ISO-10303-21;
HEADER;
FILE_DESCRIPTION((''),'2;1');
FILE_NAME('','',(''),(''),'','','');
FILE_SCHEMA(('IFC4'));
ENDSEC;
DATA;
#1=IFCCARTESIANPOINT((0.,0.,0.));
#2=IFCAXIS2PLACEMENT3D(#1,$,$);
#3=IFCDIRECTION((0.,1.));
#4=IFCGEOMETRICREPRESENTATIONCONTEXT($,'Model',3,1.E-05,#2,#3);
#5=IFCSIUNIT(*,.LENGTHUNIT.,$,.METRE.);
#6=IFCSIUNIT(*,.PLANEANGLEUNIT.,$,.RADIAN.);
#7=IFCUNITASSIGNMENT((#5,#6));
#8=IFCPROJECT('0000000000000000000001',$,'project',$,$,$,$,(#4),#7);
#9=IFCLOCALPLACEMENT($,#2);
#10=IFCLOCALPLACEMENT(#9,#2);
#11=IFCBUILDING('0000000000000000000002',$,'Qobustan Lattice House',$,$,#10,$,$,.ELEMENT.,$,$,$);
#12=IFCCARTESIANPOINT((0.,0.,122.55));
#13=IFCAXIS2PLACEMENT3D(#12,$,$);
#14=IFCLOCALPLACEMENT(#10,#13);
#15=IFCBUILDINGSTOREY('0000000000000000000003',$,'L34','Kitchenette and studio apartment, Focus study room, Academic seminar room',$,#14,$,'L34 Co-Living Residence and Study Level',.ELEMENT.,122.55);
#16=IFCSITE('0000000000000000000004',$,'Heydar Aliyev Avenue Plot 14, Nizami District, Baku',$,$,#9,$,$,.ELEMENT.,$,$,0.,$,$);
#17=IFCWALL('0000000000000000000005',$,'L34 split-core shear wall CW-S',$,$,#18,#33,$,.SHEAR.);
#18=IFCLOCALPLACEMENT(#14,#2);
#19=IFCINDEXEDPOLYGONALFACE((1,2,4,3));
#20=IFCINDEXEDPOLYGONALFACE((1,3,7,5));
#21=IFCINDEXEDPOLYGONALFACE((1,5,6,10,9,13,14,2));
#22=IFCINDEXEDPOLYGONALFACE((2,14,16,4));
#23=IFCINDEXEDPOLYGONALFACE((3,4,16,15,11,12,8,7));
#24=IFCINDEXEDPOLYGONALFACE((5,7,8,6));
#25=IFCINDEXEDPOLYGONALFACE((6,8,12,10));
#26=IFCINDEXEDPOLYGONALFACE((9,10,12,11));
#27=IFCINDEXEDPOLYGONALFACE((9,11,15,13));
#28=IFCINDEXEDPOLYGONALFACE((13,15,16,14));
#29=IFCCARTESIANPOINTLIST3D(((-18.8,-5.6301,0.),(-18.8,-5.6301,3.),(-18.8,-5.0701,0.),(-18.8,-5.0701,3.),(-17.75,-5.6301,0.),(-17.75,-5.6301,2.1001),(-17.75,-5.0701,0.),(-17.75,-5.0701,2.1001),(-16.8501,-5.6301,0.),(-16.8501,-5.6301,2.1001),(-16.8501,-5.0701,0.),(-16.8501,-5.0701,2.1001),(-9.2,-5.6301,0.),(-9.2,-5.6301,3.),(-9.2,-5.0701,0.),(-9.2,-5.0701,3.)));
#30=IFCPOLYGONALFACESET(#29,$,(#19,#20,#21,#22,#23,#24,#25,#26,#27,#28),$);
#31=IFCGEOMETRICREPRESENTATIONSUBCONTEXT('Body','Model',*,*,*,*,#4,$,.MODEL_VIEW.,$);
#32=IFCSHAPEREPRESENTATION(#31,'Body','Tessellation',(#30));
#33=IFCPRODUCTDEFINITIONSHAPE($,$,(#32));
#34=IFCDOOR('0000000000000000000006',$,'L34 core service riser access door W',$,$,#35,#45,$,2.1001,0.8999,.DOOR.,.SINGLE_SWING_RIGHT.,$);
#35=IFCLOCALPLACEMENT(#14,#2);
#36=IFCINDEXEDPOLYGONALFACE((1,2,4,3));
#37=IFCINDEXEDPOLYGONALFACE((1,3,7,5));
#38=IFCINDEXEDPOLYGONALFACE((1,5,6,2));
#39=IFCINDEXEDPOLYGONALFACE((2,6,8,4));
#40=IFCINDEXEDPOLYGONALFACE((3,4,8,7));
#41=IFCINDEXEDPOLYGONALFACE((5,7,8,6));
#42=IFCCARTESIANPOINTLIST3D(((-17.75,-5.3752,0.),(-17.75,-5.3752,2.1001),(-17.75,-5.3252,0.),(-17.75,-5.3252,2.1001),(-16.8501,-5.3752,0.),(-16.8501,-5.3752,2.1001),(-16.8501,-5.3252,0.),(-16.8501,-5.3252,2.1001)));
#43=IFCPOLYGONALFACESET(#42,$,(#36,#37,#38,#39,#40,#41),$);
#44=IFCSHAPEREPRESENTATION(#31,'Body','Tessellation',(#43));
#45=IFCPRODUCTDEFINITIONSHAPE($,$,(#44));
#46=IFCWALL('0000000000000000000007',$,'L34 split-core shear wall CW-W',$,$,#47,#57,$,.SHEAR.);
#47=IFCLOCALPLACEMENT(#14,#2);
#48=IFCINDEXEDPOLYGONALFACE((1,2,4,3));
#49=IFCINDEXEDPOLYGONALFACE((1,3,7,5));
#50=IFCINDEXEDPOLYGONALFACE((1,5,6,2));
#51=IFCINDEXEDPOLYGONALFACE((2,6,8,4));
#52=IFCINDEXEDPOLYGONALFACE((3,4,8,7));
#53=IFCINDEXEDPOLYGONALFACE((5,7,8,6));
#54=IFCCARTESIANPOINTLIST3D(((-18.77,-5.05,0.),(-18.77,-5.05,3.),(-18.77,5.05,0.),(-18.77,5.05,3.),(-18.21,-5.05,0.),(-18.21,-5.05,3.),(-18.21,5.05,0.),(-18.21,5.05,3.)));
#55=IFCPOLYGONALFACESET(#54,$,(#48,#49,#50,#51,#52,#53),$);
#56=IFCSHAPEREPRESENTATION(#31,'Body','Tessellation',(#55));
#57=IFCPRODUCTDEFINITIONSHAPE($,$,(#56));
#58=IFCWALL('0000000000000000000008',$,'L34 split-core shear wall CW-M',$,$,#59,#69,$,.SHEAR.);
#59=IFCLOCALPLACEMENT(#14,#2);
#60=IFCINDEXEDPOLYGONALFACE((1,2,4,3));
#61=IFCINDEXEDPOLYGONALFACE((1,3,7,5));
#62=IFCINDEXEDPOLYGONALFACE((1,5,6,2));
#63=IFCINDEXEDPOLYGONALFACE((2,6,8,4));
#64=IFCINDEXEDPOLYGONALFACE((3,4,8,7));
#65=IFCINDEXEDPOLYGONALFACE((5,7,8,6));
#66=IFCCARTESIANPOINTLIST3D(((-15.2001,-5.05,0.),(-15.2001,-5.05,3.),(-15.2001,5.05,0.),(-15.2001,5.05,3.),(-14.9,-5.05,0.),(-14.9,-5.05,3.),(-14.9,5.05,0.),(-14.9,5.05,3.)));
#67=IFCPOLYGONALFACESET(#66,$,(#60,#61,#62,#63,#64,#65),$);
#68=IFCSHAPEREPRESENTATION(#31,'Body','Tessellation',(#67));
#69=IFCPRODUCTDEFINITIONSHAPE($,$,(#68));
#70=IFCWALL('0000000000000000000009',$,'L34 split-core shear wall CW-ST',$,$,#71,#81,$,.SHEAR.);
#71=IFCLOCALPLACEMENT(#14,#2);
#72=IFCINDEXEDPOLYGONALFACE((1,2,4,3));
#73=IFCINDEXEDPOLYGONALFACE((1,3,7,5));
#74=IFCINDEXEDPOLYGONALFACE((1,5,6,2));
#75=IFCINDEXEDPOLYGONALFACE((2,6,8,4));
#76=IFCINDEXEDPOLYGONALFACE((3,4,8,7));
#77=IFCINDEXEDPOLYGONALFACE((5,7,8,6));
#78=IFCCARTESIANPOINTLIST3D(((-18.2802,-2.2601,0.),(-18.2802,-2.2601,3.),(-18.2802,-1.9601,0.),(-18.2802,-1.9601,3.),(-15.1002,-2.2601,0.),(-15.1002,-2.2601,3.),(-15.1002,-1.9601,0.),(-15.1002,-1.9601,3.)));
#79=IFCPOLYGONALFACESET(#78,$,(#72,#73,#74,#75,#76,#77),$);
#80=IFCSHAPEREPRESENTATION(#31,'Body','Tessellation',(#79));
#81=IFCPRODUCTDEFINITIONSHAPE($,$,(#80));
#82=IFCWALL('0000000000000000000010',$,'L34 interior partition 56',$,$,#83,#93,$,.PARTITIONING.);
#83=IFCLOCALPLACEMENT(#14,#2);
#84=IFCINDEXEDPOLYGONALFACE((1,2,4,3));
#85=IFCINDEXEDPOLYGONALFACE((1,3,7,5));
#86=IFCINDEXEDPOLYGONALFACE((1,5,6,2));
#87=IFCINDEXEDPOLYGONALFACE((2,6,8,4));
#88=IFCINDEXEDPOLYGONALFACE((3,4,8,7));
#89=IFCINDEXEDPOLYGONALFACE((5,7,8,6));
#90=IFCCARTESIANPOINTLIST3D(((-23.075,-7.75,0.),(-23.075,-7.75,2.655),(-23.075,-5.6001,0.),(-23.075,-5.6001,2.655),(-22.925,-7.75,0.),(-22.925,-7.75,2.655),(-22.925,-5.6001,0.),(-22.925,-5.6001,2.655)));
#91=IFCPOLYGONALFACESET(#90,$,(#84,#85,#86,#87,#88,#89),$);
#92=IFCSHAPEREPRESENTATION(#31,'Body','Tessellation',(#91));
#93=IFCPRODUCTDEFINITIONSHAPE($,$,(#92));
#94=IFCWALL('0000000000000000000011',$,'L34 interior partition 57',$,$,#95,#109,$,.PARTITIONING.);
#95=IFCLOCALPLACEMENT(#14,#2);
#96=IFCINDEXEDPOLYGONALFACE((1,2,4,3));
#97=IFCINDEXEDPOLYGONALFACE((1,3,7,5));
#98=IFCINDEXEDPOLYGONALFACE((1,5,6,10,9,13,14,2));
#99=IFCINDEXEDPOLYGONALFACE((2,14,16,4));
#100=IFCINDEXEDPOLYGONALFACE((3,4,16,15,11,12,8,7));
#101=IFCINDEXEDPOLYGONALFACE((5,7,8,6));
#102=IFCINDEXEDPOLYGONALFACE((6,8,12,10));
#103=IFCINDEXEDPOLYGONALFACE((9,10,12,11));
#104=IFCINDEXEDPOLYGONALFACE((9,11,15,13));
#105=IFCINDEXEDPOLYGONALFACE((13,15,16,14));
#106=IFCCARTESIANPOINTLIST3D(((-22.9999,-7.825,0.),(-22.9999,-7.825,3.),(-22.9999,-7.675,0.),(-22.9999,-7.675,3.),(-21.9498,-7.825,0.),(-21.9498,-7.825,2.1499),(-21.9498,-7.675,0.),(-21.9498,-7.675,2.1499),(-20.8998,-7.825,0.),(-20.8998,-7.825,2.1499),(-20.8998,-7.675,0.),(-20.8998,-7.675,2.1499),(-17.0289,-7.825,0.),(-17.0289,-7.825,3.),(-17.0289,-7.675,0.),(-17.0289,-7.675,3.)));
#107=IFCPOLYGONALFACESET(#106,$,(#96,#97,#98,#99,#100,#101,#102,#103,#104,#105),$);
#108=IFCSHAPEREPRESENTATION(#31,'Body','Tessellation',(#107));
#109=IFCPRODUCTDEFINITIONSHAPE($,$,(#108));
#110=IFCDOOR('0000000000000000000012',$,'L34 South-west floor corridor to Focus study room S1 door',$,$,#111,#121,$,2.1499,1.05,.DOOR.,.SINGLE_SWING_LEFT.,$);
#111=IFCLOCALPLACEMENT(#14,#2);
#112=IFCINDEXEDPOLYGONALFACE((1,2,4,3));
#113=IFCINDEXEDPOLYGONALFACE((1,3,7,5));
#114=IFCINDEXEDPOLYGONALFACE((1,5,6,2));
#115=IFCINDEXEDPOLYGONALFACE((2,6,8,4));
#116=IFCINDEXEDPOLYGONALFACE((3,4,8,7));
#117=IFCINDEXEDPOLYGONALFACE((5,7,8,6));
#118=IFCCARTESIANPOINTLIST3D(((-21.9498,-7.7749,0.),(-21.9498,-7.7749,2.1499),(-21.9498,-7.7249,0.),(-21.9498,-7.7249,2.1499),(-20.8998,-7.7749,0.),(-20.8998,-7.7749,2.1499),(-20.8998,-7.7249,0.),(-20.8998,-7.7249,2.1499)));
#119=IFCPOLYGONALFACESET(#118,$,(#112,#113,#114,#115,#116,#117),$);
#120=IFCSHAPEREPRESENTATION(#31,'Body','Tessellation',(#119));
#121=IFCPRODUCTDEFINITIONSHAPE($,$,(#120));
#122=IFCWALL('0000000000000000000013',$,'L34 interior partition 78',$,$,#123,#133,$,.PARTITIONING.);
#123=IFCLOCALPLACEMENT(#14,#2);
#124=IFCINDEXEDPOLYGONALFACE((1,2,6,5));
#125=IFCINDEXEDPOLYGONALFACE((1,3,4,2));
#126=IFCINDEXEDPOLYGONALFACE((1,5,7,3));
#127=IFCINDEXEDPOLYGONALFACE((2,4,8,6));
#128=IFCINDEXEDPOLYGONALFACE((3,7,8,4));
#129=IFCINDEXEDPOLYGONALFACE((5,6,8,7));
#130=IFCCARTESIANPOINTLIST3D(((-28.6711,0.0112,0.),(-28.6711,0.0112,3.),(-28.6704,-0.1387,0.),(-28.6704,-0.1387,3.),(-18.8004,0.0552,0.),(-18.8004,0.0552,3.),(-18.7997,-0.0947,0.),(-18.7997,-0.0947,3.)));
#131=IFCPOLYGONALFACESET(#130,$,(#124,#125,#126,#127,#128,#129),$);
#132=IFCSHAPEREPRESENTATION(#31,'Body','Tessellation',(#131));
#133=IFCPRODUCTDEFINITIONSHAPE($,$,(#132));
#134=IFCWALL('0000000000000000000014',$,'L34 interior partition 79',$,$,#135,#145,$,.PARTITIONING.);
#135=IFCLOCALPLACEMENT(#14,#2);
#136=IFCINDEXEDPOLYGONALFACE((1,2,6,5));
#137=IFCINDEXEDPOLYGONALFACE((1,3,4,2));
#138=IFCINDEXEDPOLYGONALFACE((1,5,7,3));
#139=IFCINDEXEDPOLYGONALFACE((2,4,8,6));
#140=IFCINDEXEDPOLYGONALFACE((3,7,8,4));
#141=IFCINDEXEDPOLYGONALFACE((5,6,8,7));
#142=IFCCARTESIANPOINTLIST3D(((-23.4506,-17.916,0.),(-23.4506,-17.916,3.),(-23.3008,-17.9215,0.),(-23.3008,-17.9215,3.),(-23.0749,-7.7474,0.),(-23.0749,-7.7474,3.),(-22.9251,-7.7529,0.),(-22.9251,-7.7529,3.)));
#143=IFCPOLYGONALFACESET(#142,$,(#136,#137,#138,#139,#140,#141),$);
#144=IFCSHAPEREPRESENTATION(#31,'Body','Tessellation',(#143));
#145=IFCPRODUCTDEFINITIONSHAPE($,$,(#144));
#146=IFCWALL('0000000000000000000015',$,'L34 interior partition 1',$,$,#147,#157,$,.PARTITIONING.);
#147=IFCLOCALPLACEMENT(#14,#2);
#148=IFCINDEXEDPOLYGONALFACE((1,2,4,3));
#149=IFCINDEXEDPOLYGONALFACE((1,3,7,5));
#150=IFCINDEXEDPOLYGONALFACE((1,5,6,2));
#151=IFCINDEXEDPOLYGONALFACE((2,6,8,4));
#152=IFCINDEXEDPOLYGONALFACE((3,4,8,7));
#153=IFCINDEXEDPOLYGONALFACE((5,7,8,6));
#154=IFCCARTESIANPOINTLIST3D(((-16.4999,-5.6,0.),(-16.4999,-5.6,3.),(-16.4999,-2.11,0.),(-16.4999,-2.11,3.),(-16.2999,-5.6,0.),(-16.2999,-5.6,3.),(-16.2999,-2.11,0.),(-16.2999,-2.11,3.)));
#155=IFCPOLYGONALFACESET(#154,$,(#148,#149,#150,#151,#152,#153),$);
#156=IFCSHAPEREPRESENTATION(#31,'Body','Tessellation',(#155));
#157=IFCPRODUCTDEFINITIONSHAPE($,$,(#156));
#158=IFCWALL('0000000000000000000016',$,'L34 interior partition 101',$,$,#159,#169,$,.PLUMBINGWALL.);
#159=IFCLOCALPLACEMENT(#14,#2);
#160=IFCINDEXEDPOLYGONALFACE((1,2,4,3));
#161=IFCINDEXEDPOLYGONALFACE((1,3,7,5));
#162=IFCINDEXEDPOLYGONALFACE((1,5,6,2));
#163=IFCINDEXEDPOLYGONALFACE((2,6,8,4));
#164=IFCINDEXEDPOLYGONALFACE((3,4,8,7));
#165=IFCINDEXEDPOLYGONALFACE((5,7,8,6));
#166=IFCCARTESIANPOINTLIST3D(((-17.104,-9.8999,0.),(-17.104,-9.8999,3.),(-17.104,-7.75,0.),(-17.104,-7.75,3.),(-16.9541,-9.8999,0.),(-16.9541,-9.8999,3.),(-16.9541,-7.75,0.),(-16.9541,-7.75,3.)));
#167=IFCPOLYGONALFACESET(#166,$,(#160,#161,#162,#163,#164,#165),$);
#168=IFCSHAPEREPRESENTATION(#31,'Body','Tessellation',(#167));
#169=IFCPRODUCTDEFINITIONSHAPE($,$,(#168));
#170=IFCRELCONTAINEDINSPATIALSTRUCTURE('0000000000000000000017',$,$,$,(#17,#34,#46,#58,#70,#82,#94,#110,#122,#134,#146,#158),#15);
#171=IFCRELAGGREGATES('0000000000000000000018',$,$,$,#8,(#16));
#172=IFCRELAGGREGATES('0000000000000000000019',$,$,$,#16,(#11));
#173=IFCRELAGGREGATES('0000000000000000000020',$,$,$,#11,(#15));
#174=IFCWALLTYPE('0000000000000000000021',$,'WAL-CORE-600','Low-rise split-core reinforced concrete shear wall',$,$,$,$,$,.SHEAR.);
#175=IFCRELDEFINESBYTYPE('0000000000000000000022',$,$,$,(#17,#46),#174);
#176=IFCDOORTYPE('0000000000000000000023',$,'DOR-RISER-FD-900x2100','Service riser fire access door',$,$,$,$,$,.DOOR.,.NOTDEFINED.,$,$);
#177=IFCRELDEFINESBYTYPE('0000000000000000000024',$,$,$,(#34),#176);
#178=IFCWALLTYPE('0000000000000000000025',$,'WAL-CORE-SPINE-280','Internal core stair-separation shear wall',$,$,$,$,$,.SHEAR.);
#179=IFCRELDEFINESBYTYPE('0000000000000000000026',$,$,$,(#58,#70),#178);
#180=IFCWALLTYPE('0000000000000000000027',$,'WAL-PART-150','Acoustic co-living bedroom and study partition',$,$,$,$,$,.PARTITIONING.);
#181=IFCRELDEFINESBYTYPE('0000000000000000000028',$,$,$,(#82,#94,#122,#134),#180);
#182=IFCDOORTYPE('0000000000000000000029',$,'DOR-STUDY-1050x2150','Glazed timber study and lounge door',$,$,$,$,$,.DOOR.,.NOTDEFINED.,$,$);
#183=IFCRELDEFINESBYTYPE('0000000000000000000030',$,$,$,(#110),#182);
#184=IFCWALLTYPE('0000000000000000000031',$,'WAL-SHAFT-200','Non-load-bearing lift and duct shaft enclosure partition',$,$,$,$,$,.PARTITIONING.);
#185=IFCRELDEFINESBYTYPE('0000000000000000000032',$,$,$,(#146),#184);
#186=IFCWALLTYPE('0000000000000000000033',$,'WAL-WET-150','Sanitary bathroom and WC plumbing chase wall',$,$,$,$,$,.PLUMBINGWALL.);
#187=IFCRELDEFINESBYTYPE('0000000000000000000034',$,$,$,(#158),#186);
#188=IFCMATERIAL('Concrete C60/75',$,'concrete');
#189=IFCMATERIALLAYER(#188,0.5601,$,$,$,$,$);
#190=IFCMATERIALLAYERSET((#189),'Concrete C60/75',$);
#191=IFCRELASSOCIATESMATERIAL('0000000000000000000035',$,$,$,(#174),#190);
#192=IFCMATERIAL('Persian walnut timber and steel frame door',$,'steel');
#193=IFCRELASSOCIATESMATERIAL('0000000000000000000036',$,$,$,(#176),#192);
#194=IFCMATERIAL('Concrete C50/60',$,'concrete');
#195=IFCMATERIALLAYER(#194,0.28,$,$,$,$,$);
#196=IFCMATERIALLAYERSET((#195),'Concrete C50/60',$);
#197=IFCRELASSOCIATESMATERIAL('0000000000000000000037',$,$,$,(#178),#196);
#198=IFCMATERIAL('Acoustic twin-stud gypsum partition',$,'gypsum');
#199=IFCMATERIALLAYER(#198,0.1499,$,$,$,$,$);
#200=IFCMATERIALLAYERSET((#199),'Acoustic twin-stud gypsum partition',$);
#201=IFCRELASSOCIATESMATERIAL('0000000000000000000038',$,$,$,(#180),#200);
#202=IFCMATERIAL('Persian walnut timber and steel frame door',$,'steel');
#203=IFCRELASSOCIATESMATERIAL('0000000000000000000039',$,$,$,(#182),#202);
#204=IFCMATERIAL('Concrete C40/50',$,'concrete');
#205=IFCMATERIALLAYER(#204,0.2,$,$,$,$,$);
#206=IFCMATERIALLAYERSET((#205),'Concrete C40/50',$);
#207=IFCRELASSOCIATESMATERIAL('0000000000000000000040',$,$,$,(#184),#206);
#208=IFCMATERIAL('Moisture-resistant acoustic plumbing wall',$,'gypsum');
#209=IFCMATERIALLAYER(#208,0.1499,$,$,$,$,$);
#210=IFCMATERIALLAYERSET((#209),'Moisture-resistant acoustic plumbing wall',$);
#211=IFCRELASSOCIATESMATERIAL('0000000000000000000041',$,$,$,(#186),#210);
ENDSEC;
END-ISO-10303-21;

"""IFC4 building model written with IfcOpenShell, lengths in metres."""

from ifc_helpers import new_model, si_unit, direction, frame, frame_2d, origin, place, context, subcontext, project, spatial, rectangle, extrude, material, layer, layer_set, type_object, element, fill, save


model = new_model("IFC4")

# Units and contexts
model_context = context("Model", 3, precision=1e-05, world=origin(), true_north=direction((0.0, 1.0)))
body_context = subcontext(model_context, "Body", "Model", "MODEL_VIEW")
ifc_project = project(units=[si_unit("LENGTHUNIT", "METRE"), si_unit("PLANEANGLEUNIT", "RADIAN")], contexts=[model_context])

# Site, building, storey
site_placement = place(None, origin())
site = spatial("IfcSite", under=ifc_project, at=site_placement, Name="Heydar Aliyev Avenue Plot 14, Nizami District, Baku", CompositionType="ELEMENT", RefElevation=0.0)
building_placement = place(site_placement, origin())
building = spatial("IfcBuilding", under=site, at=building_placement, Name="Qobustan Lattice House", CompositionType="ELEMENT")
storey_placement = place(building_placement, frame((0.0, 0.0, 122.55)))
storey = spatial("IfcBuildingStorey", under=building, at=storey_placement, Name="L34", Description="Kitchenette and studio apartment, Focus study room, Academic seminar room", LongName="L34 Co-Living Residence and Study Level", CompositionType="ELEMENT", Elevation=122.55)

# Wall, opening, door
ifc_material_1 = material(Name="Concrete C60/75", Category="concrete")
ifc_layer_1 = layer(ifc_material_1, 0.5601)
ifc_layer_set_1 = layer_set([ifc_layer_1], Name="Concrete C60/75")
wall_type_1 = type_object("IfcWallType", Name="WAL-CORE-600", Description="Low-rise split-core reinforced concrete shear wall", PredefinedType="SHEAR", material=ifc_layer_set_1)
wall_1_placement = place(storey_placement, frame((-18.8, -5.3501, 0.0), z_axis=(0.0, 0.0, 1.0), x_axis=(1.0, 0.0, 0.0)))
wall_1 = element("IfcWall", 1, at=wall_1_placement, inside=storey, type_object=wall_type_1, Name="L34 split-core shear wall CW-S", PredefinedType="SHEAR", context=body_context, shape_type="SweptSolid", body=[
    extrude(rectangle(XDim=9.6001, YDim=0.5601, at=frame_2d((4.8, 0.0))), origin(), (0.0, 0.0, 1.0), 3.0),
])
opening_1_placement = place(wall_1_placement, frame((1.05, 0.0, 0.0)))
opening_1 = element("IfcOpeningElement", 2, at=opening_1_placement, cuts=wall_1, PredefinedType="OPENING", context=body_context, shape_type="SweptSolid", body=[
    extrude(rectangle(XDim=0.8999, YDim=2.1001, at=frame_2d((0.45, 1.05))), frame((0.0, 0.29, 0.0), z_axis=(0.0, -1.0, 0.0), x_axis=(1.0, 0.0, 0.0)), (0.0, 0.0, 1.0), 0.5801),
])
ifc_material_2 = material(Name="Persian walnut timber and steel frame door", Category="steel")
door_type_1 = type_object("IfcDoorType", Name="DOR-RISER-FD-900x2100", Description="Service riser fire access door", OperationType="NOTDEFINED", PredefinedType="DOOR", material=ifc_material_2)
door_1_placement = place(opening_1_placement, origin())
door_1 = element("IfcDoor", 3, at=door_1_placement, inside=storey, type_object=door_type_1, Name="L34 core service riser access door W", OperationType="SINGLE_SWING_RIGHT", OverallHeight=2.1001, OverallWidth=0.8999, PredefinedType="DOOR", context=body_context, shape_type="SweptSolid", body=[
    extrude(rectangle(XDim=0.8999, YDim=2.1001, at=frame_2d((0.45, 1.05))), frame((0.0, 0.0249, 0.0), z_axis=(0.0, -1.0, 0.0), x_axis=(1.0, 0.0, 0.0)), (0.0, 0.0, 1.0), 0.05),
])
fill(opening_1, door_1)

# Walls
wall_2_placement = place(storey_placement, frame((-18.49, -5.05, 0.0), z_axis=(0.0, 0.0, 1.0), x_axis=(0.0, 1.0, 0.0)))
element("IfcWall", 4, at=wall_2_placement, inside=storey, type_object=wall_type_1, Name="L34 split-core shear wall CW-W", PredefinedType="SHEAR", context=body_context, shape_type="SweptSolid", body=[
    extrude(rectangle(XDim=10.1001, YDim=0.5601, at=frame_2d((5.05, 0.0))), origin(), (0.0, 0.0, 1.0), 3.0),
])
ifc_material_3 = material(Name="Concrete C50/60", Category="concrete")
ifc_layer_2 = layer(ifc_material_3, 0.28)
ifc_layer_set_2 = layer_set([ifc_layer_2], Name="Concrete C50/60")
wall_type_2 = type_object("IfcWallType", Name="WAL-CORE-SPINE-280", Description="Internal core stair-separation shear wall", PredefinedType="SHEAR", material=ifc_layer_set_2)
wall_3_placement = place(storey_placement, frame((-15.05, -5.05, 0.0), z_axis=(0.0, 0.0, 1.0), x_axis=(0.0, 1.0, 0.0)))
element("IfcWall", 5, at=wall_3_placement, inside=storey, type_object=wall_type_2, Name="L34 split-core shear wall CW-M", PredefinedType="SHEAR", context=body_context, shape_type="SweptSolid", body=[
    extrude(rectangle(XDim=10.1001, YDim=0.3, at=frame_2d((5.05, 0.0))), origin(), (0.0, 0.0, 1.0), 3.0),
])
wall_4_placement = place(storey_placement, frame((-18.28, -2.1101, 0.0), z_axis=(0.0, 0.0, 1.0), x_axis=(1.0, 0.0, 0.0)))
element("IfcWall", 6, at=wall_4_placement, inside=storey, type_object=wall_type_2, Name="L34 split-core shear wall CW-ST", PredefinedType="SHEAR", context=body_context, shape_type="SweptSolid", body=[
    extrude(rectangle(XDim=3.1799, YDim=0.3, at=frame_2d((1.5898, 0.0))), origin(), (0.0, 0.0, 1.0), 3.0),
])

# Shared definitions
ifc_material_4 = material(Name="Acoustic twin-stud gypsum partition", Category="gypsum")
ifc_layer_3 = layer(ifc_material_4, 0.1499)
ifc_layer_set_3 = layer_set([ifc_layer_3], Name="Acoustic twin-stud gypsum partition")
wall_type_3 = type_object("IfcWallType", Name="WAL-PART-150", Description="Acoustic co-living bedroom and study partition", PredefinedType="PARTITIONING", material=ifc_layer_set_3)
ifc_material_5 = material(Name="Persian walnut timber and steel frame door", Category="steel")
door_type_2 = type_object("IfcDoorType", Name="DOR-STUDY-1050x2150", Description="Glazed timber study and lounge door", OperationType="NOTDEFINED", PredefinedType="DOOR", material=ifc_material_5)

# Wall
wall_5_placement = place(storey_placement, frame((-23.0, -7.75, 0.0), z_axis=(0.0, 0.0, 1.0), x_axis=(0.0, 1.0, 0.0)))
element("IfcWall", 7, at=wall_5_placement, inside=storey, type_object=wall_type_3, Name="L34 interior partition 56", PredefinedType="PARTITIONING", context=body_context, shape_type="SweptSolid", body=[
    extrude(rectangle(XDim=2.1499, YDim=0.1499, at=frame_2d((1.075, 0.0))), origin(), (0.0, 0.0, 1.0), 2.655),
])

# Wall, opening, door
wall_6_placement = place(storey_placement, frame((-17.0291, -7.75, 0.0), z_axis=(0.0, 0.0, 1.0), x_axis=(-1.0, 0.0, 0.0)))
wall_6 = element("IfcWall", 8, at=wall_6_placement, inside=storey, type_object=wall_type_3, Name="L34 interior partition 57", PredefinedType="PARTITIONING", context=body_context, shape_type="SweptSolid", body=[
    extrude(rectangle(XDim=5.9709, YDim=0.1499, at=frame_2d((2.9854, 0.0))), origin(), (0.0, 0.0, 1.0), 3.0),
])
opening_2_placement = place(wall_6_placement, frame((3.8708, 0.0, 0.0)))
opening_2 = element("IfcOpeningElement", 9, at=opening_2_placement, cuts=wall_6, PredefinedType="OPENING", context=body_context, shape_type="SweptSolid", body=[
    extrude(rectangle(XDim=1.05, YDim=2.1499, at=frame_2d((0.5249, 1.075))), frame((0.0, 0.085, 0.0), z_axis=(0.0, -1.0, 0.0), x_axis=(1.0, 0.0, 0.0)), (0.0, 0.0, 1.0), 0.1699),
])
door_2_placement = place(opening_2_placement, origin())
door_2 = element("IfcDoor", 10, at=door_2_placement, inside=storey, type_object=door_type_2, Name="L34 South-west floor corridor to Focus study room S1 door", OperationType="SINGLE_SWING_LEFT", OverallHeight=2.1499, OverallWidth=1.05, PredefinedType="DOOR", context=body_context, shape_type="SweptSolid", body=[
    extrude(rectangle(XDim=1.05, YDim=2.1499, at=frame_2d((0.5249, 1.075))), frame((0.0, 0.0249, 0.0), z_axis=(0.0, -1.0, 0.0), x_axis=(1.0, 0.0, 0.0)), (0.0, 0.0, 1.0), 0.05),
])
fill(opening_2, door_2)

# Walls
wall_7_placement = place(storey_placement, frame((-28.6709, -0.0637, 0.0), z_axis=(0.0, 0.0, 1.0), x_axis=(0.99999, 0.004452, 0.0)))
element("IfcWall", 11, at=wall_7_placement, inside=storey, type_object=wall_type_3, Name="L34 interior partition 78", PredefinedType="PARTITIONING", context=body_context, shape_type="SweptSolid", body=[
    extrude(rectangle(XDim=9.8708, YDim=0.1499, at=frame_2d((4.9355, 0.0))), origin(), (0.0, 0.0, 1.0), 3.0),
])
wall_8_placement = place(storey_placement, frame((-23.0, -7.75, 0.0), z_axis=(0.0, 0.0, 1.0), x_axis=(-0.036925, -0.999318, 0.0)))
element("IfcWall", 12, at=wall_8_placement, inside=storey, type_object=wall_type_3, Name="L34 interior partition 79", PredefinedType="PARTITIONING", context=body_context, shape_type="SweptSolid", body=[
    extrude(rectangle(XDim=10.1755, YDim=0.1499, at=frame_2d((5.0879, 0.0))), origin(), (0.0, 0.0, 1.0), 3.0),
])
ifc_material_6 = material(Name="Concrete C40/50", Category="concrete")
ifc_layer_4 = layer(ifc_material_6, 0.2)
ifc_layer_set_4 = layer_set([ifc_layer_4], Name="Concrete C40/50")
wall_type_4 = type_object("IfcWallType", Name="WAL-SHAFT-200", Description="Non-load-bearing lift and duct shaft enclosure partition", PredefinedType="PARTITIONING", material=ifc_layer_set_4)
wall_9_placement = place(storey_placement, frame((-16.3999, -5.6001, 0.0), z_axis=(0.0, 0.0, 1.0), x_axis=(0.0, 1.0, 0.0)))
element("IfcWall", 13, at=wall_9_placement, inside=storey, type_object=wall_type_4, Name="L34 interior partition 1", PredefinedType="PARTITIONING", context=body_context, shape_type="SweptSolid", body=[
    extrude(rectangle(XDim=3.49, YDim=0.2, at=frame_2d((1.7451, 0.0))), origin(), (0.0, 0.0, 1.0), 3.0),
])
ifc_material_7 = material(Name="Moisture-resistant acoustic plumbing wall", Category="gypsum")
ifc_layer_5 = layer(ifc_material_7, 0.1499)
ifc_layer_set_5 = layer_set([ifc_layer_5], Name="Moisture-resistant acoustic plumbing wall")
wall_type_5 = type_object("IfcWallType", Name="WAL-WET-150", Description="Sanitary bathroom and WC plumbing chase wall", PredefinedType="PLUMBINGWALL", material=ifc_layer_set_5)
wall_10_placement = place(storey_placement, frame((-17.0291, -7.75, 0.0), z_axis=(0.0, 0.0, 1.0), x_axis=(0.0, -1.0, 0.0)))
element("IfcWall", 14, at=wall_10_placement, inside=storey, type_object=wall_type_5, Name="L34 interior partition 101", PredefinedType="PLUMBINGWALL", context=body_context, shape_type="SweptSolid", body=[
    extrude(rectangle(XDim=2.1499, YDim=0.1499, at=frame_2d((1.075, 0.0))), origin(), (0.0, 0.0, 1.0), 3.0),
])

save(model, "model.ifc")
